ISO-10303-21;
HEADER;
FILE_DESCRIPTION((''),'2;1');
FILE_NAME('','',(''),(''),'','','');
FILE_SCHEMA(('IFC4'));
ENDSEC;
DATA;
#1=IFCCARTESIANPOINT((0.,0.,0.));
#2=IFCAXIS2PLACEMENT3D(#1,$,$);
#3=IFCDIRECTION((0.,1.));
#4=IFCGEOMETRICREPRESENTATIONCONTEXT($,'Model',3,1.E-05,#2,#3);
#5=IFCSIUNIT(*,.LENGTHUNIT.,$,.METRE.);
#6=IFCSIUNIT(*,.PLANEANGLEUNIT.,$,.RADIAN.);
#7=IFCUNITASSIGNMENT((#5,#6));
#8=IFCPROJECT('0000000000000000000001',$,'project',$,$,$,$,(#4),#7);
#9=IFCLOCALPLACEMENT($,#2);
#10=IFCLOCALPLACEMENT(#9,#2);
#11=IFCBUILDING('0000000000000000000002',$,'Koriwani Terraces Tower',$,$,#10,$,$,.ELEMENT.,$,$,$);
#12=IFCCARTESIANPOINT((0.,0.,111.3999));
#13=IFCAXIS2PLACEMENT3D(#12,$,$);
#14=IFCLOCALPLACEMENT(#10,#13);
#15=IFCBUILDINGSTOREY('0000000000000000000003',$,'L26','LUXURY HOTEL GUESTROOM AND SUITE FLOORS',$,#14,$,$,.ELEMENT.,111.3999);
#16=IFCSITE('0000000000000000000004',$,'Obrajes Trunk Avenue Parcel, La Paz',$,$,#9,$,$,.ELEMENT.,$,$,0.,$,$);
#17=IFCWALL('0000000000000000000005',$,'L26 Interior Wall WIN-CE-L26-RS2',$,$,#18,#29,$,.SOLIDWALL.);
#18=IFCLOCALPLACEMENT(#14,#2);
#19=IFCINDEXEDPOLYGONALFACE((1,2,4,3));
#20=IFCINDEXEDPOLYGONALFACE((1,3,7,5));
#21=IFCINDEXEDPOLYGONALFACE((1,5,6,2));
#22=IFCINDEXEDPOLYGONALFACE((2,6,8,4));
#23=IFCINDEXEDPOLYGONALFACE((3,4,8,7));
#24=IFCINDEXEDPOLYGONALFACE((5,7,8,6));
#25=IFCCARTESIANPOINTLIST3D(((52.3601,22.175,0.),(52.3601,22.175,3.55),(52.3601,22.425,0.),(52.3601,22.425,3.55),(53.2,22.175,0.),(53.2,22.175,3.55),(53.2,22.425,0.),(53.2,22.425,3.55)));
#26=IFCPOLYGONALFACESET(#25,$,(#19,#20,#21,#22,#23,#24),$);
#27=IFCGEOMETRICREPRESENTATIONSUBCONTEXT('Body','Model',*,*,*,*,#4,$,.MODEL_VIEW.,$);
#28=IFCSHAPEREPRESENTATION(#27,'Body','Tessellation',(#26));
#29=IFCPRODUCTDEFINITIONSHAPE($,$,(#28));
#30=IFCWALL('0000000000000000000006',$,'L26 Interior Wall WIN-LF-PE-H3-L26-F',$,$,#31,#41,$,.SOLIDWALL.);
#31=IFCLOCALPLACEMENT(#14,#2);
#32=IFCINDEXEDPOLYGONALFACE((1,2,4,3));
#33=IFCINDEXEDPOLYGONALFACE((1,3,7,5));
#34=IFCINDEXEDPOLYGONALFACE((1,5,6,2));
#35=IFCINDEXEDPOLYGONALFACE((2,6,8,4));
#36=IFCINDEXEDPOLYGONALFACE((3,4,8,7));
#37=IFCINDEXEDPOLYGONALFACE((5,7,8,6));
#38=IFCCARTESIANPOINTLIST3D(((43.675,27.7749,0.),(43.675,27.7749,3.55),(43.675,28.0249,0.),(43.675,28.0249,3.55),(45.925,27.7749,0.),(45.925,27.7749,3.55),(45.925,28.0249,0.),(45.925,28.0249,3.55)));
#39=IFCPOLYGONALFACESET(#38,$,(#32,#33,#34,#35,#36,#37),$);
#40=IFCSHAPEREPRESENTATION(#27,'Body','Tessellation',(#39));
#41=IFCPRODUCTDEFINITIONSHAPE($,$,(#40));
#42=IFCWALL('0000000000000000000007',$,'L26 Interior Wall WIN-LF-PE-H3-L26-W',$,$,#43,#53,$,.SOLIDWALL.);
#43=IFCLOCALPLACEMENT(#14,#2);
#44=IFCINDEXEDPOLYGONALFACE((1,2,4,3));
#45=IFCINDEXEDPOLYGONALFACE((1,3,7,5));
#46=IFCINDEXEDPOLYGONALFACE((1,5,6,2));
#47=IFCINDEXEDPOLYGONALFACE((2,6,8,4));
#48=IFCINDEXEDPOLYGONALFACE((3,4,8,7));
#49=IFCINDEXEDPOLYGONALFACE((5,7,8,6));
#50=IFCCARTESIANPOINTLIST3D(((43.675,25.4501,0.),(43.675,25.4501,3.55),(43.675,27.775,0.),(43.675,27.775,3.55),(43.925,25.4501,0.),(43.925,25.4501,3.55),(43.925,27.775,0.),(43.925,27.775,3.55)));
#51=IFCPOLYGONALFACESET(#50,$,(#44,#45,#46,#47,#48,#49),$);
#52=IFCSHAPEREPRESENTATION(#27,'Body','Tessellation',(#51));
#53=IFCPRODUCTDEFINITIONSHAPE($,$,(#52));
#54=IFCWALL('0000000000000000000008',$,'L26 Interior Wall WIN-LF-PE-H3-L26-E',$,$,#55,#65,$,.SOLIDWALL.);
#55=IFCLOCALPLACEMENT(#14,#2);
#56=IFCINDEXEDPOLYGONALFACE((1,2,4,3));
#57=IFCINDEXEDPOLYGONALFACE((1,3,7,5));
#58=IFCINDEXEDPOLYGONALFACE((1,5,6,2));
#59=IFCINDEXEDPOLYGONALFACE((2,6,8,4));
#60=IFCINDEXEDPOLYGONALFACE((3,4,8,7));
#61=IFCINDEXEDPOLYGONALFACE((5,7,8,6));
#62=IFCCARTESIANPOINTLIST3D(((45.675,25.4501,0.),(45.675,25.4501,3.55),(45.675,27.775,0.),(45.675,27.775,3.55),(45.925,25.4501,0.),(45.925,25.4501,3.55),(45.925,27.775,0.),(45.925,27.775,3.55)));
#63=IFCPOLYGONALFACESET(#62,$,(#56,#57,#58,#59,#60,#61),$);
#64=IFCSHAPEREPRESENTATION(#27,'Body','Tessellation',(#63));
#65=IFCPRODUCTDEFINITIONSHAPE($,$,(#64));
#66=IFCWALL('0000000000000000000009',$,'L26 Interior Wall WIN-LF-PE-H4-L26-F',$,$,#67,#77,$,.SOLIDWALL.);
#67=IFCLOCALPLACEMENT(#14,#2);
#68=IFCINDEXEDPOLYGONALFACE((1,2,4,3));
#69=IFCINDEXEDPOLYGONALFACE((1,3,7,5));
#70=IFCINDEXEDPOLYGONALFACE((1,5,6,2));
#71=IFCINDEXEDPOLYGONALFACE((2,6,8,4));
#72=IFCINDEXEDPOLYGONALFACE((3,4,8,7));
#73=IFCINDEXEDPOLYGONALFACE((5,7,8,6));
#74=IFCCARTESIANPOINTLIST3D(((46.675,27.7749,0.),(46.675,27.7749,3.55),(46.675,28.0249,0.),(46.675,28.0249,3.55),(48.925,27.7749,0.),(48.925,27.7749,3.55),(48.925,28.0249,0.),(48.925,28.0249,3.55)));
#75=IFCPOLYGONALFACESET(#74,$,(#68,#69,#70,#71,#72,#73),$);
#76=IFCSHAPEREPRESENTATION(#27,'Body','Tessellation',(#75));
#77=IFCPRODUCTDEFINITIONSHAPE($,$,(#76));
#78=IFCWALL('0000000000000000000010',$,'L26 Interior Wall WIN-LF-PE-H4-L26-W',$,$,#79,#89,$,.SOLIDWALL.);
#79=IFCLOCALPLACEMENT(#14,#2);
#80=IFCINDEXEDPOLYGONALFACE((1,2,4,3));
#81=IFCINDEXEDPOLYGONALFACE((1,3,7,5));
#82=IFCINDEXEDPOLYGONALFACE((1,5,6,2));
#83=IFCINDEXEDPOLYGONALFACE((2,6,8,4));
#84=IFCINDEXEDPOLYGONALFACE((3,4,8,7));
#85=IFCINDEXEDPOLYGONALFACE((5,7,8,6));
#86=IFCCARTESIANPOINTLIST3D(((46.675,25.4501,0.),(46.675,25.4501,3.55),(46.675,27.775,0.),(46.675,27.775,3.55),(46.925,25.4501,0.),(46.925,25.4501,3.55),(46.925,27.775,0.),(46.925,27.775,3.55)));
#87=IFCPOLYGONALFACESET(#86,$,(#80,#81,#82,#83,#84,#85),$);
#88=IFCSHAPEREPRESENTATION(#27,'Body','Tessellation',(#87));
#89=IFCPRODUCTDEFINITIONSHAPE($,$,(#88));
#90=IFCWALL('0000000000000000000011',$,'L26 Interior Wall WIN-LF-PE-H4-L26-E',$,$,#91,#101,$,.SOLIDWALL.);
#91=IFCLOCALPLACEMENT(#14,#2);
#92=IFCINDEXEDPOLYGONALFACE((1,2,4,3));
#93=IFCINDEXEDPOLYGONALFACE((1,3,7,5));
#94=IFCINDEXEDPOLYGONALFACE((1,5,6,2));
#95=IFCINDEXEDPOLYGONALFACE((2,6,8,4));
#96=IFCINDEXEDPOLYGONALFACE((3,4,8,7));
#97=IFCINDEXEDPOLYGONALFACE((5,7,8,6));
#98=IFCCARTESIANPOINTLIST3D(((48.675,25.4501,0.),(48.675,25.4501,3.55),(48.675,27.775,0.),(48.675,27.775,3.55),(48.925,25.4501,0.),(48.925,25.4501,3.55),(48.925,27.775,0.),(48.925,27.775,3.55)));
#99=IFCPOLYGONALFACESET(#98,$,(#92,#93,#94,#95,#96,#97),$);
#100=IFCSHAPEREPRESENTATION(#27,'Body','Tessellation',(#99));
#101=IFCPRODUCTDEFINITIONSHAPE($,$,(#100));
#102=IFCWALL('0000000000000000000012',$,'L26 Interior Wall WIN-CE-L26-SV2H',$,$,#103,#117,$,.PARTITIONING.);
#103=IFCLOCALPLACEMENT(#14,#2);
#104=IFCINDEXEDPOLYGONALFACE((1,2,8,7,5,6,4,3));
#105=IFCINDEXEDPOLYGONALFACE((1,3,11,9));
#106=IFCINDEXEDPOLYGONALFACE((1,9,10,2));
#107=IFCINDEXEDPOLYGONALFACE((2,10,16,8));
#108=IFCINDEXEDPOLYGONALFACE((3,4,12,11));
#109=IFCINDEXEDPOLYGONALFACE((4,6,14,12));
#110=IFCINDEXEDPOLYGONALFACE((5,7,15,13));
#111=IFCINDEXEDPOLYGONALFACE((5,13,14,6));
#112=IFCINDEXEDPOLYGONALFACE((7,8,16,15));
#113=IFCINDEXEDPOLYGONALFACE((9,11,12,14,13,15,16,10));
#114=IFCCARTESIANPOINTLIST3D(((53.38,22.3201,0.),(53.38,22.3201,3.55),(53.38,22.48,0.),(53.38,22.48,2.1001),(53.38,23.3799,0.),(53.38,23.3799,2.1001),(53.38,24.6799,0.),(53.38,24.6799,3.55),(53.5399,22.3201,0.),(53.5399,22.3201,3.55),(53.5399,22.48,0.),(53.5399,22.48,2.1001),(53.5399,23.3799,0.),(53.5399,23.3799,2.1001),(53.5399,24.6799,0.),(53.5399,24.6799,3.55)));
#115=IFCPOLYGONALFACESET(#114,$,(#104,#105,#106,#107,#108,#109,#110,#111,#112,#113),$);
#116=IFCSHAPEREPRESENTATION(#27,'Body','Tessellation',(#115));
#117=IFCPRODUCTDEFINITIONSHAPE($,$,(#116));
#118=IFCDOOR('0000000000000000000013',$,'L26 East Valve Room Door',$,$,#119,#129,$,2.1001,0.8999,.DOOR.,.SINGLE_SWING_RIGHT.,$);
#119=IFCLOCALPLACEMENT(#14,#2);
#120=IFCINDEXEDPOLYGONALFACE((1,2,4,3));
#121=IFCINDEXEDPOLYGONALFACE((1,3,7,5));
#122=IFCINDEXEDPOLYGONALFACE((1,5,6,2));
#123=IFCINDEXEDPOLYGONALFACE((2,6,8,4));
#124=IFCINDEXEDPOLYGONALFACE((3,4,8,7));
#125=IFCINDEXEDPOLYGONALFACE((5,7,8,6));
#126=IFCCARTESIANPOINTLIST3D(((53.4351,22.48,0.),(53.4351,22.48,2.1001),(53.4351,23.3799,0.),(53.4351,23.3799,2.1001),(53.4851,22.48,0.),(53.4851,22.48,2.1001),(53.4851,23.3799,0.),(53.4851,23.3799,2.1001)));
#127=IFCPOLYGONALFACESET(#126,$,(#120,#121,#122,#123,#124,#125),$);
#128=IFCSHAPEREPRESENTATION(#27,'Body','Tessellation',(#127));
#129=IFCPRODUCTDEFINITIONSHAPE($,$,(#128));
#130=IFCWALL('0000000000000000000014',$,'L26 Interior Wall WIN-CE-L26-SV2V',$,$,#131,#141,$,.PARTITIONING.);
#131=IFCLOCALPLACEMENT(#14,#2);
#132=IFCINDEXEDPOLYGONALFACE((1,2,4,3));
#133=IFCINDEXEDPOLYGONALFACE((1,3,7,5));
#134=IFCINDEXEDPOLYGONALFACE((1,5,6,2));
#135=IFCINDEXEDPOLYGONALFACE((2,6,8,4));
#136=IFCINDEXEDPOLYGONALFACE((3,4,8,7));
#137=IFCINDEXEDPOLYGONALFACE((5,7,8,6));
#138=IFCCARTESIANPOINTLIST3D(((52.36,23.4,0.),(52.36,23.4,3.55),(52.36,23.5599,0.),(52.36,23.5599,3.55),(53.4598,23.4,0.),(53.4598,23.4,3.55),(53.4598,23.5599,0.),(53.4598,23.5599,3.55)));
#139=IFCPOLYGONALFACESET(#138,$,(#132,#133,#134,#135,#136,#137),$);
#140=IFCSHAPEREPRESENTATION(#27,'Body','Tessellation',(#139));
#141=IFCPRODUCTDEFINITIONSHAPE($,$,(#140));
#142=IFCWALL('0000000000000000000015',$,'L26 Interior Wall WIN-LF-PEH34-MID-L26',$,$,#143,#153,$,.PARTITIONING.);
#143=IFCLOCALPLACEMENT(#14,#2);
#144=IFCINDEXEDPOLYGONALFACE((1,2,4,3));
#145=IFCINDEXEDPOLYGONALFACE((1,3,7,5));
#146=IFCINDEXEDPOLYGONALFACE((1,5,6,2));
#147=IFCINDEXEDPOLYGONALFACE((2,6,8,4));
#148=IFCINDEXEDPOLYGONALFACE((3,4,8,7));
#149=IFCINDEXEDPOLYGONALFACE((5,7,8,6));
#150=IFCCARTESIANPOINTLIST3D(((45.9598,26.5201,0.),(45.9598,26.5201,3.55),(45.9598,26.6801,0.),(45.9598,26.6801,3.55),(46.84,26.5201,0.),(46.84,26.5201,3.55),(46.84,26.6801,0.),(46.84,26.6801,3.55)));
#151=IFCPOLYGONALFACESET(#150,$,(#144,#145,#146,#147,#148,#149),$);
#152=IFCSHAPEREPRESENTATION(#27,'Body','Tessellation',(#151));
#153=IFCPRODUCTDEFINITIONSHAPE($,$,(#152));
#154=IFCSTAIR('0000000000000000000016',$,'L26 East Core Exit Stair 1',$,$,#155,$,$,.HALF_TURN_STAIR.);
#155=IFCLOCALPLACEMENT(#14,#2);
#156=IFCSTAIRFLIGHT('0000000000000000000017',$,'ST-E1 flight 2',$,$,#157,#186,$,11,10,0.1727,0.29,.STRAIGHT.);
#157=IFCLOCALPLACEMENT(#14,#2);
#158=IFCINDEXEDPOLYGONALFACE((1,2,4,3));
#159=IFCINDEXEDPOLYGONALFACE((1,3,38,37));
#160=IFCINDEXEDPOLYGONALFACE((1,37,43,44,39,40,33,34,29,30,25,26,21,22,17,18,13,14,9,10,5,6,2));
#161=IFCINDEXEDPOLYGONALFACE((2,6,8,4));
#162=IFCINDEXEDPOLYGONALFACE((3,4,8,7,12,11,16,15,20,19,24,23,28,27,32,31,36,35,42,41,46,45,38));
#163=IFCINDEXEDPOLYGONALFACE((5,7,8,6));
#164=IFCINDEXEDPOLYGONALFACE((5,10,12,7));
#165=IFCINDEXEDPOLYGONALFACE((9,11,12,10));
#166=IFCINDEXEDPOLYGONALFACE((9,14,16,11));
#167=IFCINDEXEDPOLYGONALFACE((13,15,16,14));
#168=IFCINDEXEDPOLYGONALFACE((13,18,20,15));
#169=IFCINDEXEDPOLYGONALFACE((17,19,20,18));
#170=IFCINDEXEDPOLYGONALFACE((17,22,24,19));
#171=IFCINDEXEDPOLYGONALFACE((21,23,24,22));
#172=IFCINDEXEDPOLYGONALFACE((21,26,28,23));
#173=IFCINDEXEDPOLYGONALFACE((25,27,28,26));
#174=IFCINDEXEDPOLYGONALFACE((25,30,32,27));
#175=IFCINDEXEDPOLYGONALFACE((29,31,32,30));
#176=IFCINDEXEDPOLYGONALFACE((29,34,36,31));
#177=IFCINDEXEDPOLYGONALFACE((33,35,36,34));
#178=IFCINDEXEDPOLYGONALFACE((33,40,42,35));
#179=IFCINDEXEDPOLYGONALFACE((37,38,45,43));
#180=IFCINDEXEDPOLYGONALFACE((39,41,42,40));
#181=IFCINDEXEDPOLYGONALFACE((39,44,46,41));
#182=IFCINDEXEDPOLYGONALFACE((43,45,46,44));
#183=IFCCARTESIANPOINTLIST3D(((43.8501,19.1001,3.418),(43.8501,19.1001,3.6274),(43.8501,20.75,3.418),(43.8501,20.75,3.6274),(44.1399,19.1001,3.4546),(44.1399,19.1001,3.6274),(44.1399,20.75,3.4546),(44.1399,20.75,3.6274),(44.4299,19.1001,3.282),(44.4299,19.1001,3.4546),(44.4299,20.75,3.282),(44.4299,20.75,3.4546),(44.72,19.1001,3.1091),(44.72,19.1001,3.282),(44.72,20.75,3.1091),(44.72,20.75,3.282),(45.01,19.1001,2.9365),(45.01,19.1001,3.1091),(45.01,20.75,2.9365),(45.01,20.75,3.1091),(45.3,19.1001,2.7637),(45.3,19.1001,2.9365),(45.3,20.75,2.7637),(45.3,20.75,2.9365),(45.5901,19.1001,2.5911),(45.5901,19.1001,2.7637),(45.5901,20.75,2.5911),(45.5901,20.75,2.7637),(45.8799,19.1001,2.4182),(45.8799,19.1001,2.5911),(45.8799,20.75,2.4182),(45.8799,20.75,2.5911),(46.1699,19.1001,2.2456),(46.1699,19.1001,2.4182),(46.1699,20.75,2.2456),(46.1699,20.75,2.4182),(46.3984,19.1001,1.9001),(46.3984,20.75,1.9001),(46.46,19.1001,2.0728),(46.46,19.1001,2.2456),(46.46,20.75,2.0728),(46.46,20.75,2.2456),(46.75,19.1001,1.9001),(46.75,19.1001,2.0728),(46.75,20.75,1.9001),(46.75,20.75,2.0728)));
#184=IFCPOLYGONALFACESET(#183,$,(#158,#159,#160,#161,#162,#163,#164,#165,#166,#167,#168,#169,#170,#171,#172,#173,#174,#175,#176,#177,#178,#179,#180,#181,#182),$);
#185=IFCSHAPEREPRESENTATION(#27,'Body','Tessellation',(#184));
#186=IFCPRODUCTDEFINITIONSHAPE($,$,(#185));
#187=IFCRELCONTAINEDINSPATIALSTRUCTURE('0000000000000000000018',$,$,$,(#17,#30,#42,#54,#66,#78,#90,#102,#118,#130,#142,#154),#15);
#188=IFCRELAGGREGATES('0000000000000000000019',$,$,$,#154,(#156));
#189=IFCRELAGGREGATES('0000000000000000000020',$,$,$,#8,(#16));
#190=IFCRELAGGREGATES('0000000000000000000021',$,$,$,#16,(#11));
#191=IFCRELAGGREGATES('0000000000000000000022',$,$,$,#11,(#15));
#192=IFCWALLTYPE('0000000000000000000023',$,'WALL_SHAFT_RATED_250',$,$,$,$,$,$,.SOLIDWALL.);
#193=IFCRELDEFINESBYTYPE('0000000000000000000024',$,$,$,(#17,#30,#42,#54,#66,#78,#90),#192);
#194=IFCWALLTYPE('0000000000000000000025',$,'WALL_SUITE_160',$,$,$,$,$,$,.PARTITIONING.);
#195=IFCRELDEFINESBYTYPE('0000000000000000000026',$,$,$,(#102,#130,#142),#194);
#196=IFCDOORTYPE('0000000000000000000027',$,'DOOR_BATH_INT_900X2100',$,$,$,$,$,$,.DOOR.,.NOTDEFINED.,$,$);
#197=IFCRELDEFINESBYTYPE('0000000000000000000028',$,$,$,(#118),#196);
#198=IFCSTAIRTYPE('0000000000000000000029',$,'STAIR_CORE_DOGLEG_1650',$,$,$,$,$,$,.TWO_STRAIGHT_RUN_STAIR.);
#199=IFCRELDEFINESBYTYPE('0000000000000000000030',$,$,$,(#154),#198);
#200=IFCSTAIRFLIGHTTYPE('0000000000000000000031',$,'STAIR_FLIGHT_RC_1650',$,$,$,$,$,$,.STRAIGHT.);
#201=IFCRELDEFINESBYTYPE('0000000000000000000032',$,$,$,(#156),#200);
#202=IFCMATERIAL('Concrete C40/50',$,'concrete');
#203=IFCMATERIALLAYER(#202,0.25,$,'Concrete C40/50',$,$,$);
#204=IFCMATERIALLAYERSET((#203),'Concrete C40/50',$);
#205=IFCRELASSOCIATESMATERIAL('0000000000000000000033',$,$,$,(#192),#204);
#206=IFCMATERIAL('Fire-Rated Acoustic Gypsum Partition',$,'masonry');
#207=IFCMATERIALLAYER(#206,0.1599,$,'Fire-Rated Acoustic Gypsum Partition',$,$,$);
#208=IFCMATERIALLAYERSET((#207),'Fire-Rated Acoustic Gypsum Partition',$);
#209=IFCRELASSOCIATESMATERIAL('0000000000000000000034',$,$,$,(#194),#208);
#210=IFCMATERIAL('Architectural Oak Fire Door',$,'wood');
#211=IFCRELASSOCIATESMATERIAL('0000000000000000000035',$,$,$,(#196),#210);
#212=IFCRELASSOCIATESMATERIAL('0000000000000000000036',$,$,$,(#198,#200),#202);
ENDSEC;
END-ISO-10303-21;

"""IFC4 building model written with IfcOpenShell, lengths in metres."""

from ifc_helpers import new_model, si_unit, direction, frame, frame_2d, origin, place, context, subcontext, project, spatial, polyline, rectangle, outline, extrude, material, layer, layer_set, type_object, element, fill, aggregate, save


model = new_model("IFC4")

# Units and contexts
model_context = context("Model", 3, precision=1e-05, world=origin(), true_north=direction((0.0, 1.0)))
body_context = subcontext(model_context, "Body", "Model", "MODEL_VIEW")
ifc_project = project(units=[si_unit("LENGTHUNIT", "METRE"), si_unit("PLANEANGLEUNIT", "RADIAN")], contexts=[model_context])

# Site, building, storey
site_placement = place(None, origin())
site = spatial("IfcSite", under=ifc_project, at=site_placement, Name="Obrajes Trunk Avenue Parcel, La Paz", CompositionType="ELEMENT", RefElevation=0.0)
building_placement = place(site_placement, origin())
building = spatial("IfcBuilding", under=site, at=building_placement, Name="Koriwani Terraces Tower", CompositionType="ELEMENT")
storey_placement = place(building_placement, frame((0.0, 0.0, 111.3999)))
storey = spatial("IfcBuildingStorey", under=building, at=storey_placement, Name="L26", Description="LUXURY HOTEL GUESTROOM AND SUITE FLOORS", CompositionType="ELEMENT", Elevation=111.3999)

# Shared definitions
ifc_material_1 = material(Name="Architectural Oak Fire Door", Category="wood")

# Shared definitions
ifc_material_2 = material(Name="Concrete C40/50", Category="concrete")
ifc_layer_1 = layer(ifc_material_2, 0.25, Name="Concrete C40/50")
ifc_layer_set_1 = layer_set([ifc_layer_1], Name="Concrete C40/50")
wall_type_1 = type_object("IfcWallType", Name="WALL_SHAFT_RATED_250", PredefinedType="SOLIDWALL", material=ifc_layer_set_1)

# Walls
wall_1_placement = place(storey_placement, frame((52.3601, 22.3, 0.0), z_axis=(0.0, 0.0, 1.0), x_axis=(1.0, 0.0, 0.0)))
element("IfcWall", 1, at=wall_1_placement, inside=storey, type_object=wall_type_1, Name="L26 Interior Wall WIN-CE-L26-RS2", PredefinedType="SOLIDWALL", context=body_context, shape_type="SweptSolid", body=[
    extrude(rectangle(XDim=0.8398, YDim=0.25, at=frame_2d((0.4199, 0.0))), origin(), (0.0, 0.0, 1.0), 3.55),
])
wall_2_placement = place(storey_placement, frame((43.675, 27.8999, 0.0), z_axis=(0.0, 0.0, 1.0), x_axis=(1.0, 0.0, 0.0)))
element("IfcWall", 2, at=wall_2_placement, inside=storey, type_object=wall_type_1, Name="L26 Interior Wall WIN-LF-PE-H3-L26-F", PredefinedType="SOLIDWALL", context=body_context, shape_type="SweptSolid", body=[
    extrude(rectangle(XDim=2.25, YDim=0.25, at=frame_2d((1.125, 0.0))), origin(), (0.0, 0.0, 1.0), 3.55),
])
for number, where, z_axis, x_axis, name in (
    (3, (43.8, 25.45, 0.0), (0.0, 0.0, 1.0), (0.0, 1.0, 0.0), "L26 Interior Wall WIN-LF-PE-H3-L26-W"),
    (4, (45.8, 25.45, 0.0), (0.0, 0.0, 1.0), (0.0, 1.0, 0.0), "L26 Interior Wall WIN-LF-PE-H3-L26-E"),
):
    element("IfcWall", number, at=place(storey_placement, frame(where, z_axis=z_axis, x_axis=x_axis)), inside=storey, type_object=wall_type_1, Name=name, PredefinedType="SOLIDWALL", context=body_context, shape_type="SweptSolid", body=[
        extrude(rectangle(XDim=2.325, YDim=0.25, at=frame_2d((1.1626, 0.0))), origin(), (0.0, 0.0, 1.0), 3.55),
    ])
wall_3_placement = place(storey_placement, frame((46.675, 27.8999, 0.0), z_axis=(0.0, 0.0, 1.0), x_axis=(1.0, 0.0, 0.0)))
element("IfcWall", 5, at=wall_3_placement, inside=storey, type_object=wall_type_1, Name="L26 Interior Wall WIN-LF-PE-H4-L26-F", PredefinedType="SOLIDWALL", context=body_context, shape_type="SweptSolid", body=[
    extrude(rectangle(XDim=2.25, YDim=0.25, at=frame_2d((1.125, 0.0))), origin(), (0.0, 0.0, 1.0), 3.55),
])
for number, where, z_axis, x_axis, name in (
    (6, (46.8, 25.45, 0.0), (0.0, 0.0, 1.0), (0.0, 1.0, 0.0), "L26 Interior Wall WIN-LF-PE-H4-L26-W"),
    (7, (48.8, 25.45, 0.0), (0.0, 0.0, 1.0), (0.0, 1.0, 0.0), "L26 Interior Wall WIN-LF-PE-H4-L26-E"),
):
    element("IfcWall", number, at=place(storey_placement, frame(where, z_axis=z_axis, x_axis=x_axis)), inside=storey, type_object=wall_type_1, Name=name, PredefinedType="SOLIDWALL", context=body_context, shape_type="SweptSolid", body=[
        extrude(rectangle(XDim=2.325, YDim=0.25, at=frame_2d((1.1626, 0.0))), origin(), (0.0, 0.0, 1.0), 3.55),
    ])

# Wall, opening, door
ifc_material_3 = material(Name="Fire-Rated Acoustic Gypsum Partition", Category="masonry")
ifc_layer_2 = layer(ifc_material_3, 0.1599, Name="Fire-Rated Acoustic Gypsum Partition")
ifc_layer_set_2 = layer_set([ifc_layer_2], Name="Fire-Rated Acoustic Gypsum Partition")
wall_type_2 = type_object("IfcWallType", Name="WALL_SUITE_160", PredefinedType="PARTITIONING", material=ifc_layer_set_2)
wall_4_placement = place(storey_placement, frame((53.46, 22.3201, 0.0), z_axis=(0.0, 0.0, 1.0), x_axis=(0.0, 1.0, 0.0)))
wall_4 = element("IfcWall", 8, at=wall_4_placement, inside=storey, type_object=wall_type_2, Name="L26 Interior Wall WIN-CE-L26-SV2H", PredefinedType="PARTITIONING", context=body_context, shape_type="SweptSolid", body=[
    extrude(rectangle(XDim=2.3599, YDim=0.1599, at=frame_2d((1.1799, 0.0))), origin(), (0.0, 0.0, 1.0), 3.55),
])
opening_1_placement = place(wall_4_placement, frame((0.1599, 0.0, 0.0)))
opening_1 = element("IfcOpeningElement", 9, at=opening_1_placement, cuts=wall_4, PredefinedType="OPENING", context=body_context, shape_type="SweptSolid", body=[
    extrude(rectangle(XDim=0.8999, YDim=2.1001, at=frame_2d((0.45, 1.05))), frame((0.0, 0.0898, 0.0), z_axis=(0.0, -1.0, 0.0), x_axis=(1.0, 0.0, 0.0)), (0.0, 0.0, 1.0), 0.1799),
])
door_type_1 = type_object("IfcDoorType", Name="DOOR_BATH_INT_900X2100", OperationType="NOTDEFINED", PredefinedType="DOOR", material=ifc_material_1)
door_1_placement = place(opening_1_placement, origin())
door_1 = element("IfcDoor", 10, at=door_1_placement, inside=storey, type_object=door_type_1, Name="L26 East Valve Room Door", OperationType="SINGLE_SWING_RIGHT", OverallHeight=2.1001, OverallWidth=0.8999, PredefinedType="DOOR", context=body_context, shape_type="SweptSolid", body=[
    extrude(rectangle(XDim=0.8999, YDim=2.1001, at=frame_2d((0.45, 1.05))), frame((0.0, 0.0249, 0.0), z_axis=(0.0, -1.0, 0.0), x_axis=(1.0, 0.0, 0.0)), (0.0, 0.0, 1.0), 0.05),
])
fill(opening_1, door_1)

# Walls
wall_5_placement = place(storey_placement, frame((52.3601, 23.48, 0.0), z_axis=(0.0, 0.0, 1.0), x_axis=(1.0, 0.0, 0.0)))
element("IfcWall", 11, at=wall_5_placement, inside=storey, type_object=wall_type_2, Name="L26 Interior Wall WIN-CE-L26-SV2V", PredefinedType="PARTITIONING", context=body_context, shape_type="SweptSolid", body=[
    extrude(rectangle(XDim=1.0999, YDim=0.1599, at=frame_2d((0.5498, 0.0))), origin(), (0.0, 0.0, 1.0), 3.55),
])
wall_6_placement = place(storey_placement, frame((45.96, 26.6001, 0.0), z_axis=(0.0, 0.0, 1.0), x_axis=(1.0, 0.0, 0.0)))
element("IfcWall", 12, at=wall_6_placement, inside=storey, type_object=wall_type_2, Name="L26 Interior Wall WIN-LF-PEH34-MID-L26", PredefinedType="PARTITIONING", context=body_context, shape_type="SweptSolid", body=[
    extrude(rectangle(XDim=0.8801, YDim=0.1599, at=frame_2d((0.4399, 0.0))), origin(), (0.0, 0.0, 1.0), 3.55),
])

# Stair, stair flight
stair_type = type_object("IfcStairType", Name="STAIR_CORE_DOGLEG_1650", PredefinedType="TWO_STRAIGHT_RUN_STAIR", material=ifc_material_2)
stair_placement = place(storey_placement, origin())
stair = element("IfcStair", 13, at=stair_placement, inside=storey, type_object=stair_type, Name="L26 East Core Exit Stair 1", PredefinedType="HALF_TURN_STAIR")
stair_flight_type = type_object("IfcStairFlightType", Name="STAIR_FLIGHT_RC_1650", PredefinedType="STRAIGHT", material=ifc_material_2)
stair_flight_placement = place(storey_placement, frame((46.75, 19.925, 1.9001), z_axis=(0.0, 0.0, 1.0), x_axis=(-1.0, 0.0, 0.0)))
stair_flight = element("IfcStairFlight", 14, at=stair_flight_placement, type_object=stair_flight_type, Name="ST-E1 flight 2", NumberOfRisers=11, NumberOfTreads=10, PredefinedType="STRAIGHT", RiserHeight=0.1727, TreadLength=0.29, context=body_context, shape_type="SweptSolid", body=[
    extrude(outline(polyline([(0.0, 0.0), (0.0, 0.1726), (0.29, 0.1726), (0.29, 0.3455), (0.5801, 0.3455), (0.5801, 0.5181), (0.8701, 0.5181), (0.8701, 0.6909), (1.1599, 0.6909), (1.1599, 0.8635), (1.45, 0.8635), (1.45, 1.0364), (1.74, 1.0364), (1.74, 1.209), (2.03, 1.209), (2.03, 1.3818), (2.3201, 1.3818), (2.3201, 1.5544), (2.6101, 1.5544), (2.6101, 1.7273), (2.8999, 1.7273), (2.8999, 1.8999), (2.8999, 1.5178), (0.3516, 0.0), (0.0, 0.0)])), frame((0.0, 0.825, 0.0), z_axis=(0.0, -1.0, 0.0), x_axis=(1.0, 0.0, 0.0)), (0.0, 0.0, 1.0), 1.6499),
])
aggregate(stair, [stair_flight])

save(model, "model.ifc")
